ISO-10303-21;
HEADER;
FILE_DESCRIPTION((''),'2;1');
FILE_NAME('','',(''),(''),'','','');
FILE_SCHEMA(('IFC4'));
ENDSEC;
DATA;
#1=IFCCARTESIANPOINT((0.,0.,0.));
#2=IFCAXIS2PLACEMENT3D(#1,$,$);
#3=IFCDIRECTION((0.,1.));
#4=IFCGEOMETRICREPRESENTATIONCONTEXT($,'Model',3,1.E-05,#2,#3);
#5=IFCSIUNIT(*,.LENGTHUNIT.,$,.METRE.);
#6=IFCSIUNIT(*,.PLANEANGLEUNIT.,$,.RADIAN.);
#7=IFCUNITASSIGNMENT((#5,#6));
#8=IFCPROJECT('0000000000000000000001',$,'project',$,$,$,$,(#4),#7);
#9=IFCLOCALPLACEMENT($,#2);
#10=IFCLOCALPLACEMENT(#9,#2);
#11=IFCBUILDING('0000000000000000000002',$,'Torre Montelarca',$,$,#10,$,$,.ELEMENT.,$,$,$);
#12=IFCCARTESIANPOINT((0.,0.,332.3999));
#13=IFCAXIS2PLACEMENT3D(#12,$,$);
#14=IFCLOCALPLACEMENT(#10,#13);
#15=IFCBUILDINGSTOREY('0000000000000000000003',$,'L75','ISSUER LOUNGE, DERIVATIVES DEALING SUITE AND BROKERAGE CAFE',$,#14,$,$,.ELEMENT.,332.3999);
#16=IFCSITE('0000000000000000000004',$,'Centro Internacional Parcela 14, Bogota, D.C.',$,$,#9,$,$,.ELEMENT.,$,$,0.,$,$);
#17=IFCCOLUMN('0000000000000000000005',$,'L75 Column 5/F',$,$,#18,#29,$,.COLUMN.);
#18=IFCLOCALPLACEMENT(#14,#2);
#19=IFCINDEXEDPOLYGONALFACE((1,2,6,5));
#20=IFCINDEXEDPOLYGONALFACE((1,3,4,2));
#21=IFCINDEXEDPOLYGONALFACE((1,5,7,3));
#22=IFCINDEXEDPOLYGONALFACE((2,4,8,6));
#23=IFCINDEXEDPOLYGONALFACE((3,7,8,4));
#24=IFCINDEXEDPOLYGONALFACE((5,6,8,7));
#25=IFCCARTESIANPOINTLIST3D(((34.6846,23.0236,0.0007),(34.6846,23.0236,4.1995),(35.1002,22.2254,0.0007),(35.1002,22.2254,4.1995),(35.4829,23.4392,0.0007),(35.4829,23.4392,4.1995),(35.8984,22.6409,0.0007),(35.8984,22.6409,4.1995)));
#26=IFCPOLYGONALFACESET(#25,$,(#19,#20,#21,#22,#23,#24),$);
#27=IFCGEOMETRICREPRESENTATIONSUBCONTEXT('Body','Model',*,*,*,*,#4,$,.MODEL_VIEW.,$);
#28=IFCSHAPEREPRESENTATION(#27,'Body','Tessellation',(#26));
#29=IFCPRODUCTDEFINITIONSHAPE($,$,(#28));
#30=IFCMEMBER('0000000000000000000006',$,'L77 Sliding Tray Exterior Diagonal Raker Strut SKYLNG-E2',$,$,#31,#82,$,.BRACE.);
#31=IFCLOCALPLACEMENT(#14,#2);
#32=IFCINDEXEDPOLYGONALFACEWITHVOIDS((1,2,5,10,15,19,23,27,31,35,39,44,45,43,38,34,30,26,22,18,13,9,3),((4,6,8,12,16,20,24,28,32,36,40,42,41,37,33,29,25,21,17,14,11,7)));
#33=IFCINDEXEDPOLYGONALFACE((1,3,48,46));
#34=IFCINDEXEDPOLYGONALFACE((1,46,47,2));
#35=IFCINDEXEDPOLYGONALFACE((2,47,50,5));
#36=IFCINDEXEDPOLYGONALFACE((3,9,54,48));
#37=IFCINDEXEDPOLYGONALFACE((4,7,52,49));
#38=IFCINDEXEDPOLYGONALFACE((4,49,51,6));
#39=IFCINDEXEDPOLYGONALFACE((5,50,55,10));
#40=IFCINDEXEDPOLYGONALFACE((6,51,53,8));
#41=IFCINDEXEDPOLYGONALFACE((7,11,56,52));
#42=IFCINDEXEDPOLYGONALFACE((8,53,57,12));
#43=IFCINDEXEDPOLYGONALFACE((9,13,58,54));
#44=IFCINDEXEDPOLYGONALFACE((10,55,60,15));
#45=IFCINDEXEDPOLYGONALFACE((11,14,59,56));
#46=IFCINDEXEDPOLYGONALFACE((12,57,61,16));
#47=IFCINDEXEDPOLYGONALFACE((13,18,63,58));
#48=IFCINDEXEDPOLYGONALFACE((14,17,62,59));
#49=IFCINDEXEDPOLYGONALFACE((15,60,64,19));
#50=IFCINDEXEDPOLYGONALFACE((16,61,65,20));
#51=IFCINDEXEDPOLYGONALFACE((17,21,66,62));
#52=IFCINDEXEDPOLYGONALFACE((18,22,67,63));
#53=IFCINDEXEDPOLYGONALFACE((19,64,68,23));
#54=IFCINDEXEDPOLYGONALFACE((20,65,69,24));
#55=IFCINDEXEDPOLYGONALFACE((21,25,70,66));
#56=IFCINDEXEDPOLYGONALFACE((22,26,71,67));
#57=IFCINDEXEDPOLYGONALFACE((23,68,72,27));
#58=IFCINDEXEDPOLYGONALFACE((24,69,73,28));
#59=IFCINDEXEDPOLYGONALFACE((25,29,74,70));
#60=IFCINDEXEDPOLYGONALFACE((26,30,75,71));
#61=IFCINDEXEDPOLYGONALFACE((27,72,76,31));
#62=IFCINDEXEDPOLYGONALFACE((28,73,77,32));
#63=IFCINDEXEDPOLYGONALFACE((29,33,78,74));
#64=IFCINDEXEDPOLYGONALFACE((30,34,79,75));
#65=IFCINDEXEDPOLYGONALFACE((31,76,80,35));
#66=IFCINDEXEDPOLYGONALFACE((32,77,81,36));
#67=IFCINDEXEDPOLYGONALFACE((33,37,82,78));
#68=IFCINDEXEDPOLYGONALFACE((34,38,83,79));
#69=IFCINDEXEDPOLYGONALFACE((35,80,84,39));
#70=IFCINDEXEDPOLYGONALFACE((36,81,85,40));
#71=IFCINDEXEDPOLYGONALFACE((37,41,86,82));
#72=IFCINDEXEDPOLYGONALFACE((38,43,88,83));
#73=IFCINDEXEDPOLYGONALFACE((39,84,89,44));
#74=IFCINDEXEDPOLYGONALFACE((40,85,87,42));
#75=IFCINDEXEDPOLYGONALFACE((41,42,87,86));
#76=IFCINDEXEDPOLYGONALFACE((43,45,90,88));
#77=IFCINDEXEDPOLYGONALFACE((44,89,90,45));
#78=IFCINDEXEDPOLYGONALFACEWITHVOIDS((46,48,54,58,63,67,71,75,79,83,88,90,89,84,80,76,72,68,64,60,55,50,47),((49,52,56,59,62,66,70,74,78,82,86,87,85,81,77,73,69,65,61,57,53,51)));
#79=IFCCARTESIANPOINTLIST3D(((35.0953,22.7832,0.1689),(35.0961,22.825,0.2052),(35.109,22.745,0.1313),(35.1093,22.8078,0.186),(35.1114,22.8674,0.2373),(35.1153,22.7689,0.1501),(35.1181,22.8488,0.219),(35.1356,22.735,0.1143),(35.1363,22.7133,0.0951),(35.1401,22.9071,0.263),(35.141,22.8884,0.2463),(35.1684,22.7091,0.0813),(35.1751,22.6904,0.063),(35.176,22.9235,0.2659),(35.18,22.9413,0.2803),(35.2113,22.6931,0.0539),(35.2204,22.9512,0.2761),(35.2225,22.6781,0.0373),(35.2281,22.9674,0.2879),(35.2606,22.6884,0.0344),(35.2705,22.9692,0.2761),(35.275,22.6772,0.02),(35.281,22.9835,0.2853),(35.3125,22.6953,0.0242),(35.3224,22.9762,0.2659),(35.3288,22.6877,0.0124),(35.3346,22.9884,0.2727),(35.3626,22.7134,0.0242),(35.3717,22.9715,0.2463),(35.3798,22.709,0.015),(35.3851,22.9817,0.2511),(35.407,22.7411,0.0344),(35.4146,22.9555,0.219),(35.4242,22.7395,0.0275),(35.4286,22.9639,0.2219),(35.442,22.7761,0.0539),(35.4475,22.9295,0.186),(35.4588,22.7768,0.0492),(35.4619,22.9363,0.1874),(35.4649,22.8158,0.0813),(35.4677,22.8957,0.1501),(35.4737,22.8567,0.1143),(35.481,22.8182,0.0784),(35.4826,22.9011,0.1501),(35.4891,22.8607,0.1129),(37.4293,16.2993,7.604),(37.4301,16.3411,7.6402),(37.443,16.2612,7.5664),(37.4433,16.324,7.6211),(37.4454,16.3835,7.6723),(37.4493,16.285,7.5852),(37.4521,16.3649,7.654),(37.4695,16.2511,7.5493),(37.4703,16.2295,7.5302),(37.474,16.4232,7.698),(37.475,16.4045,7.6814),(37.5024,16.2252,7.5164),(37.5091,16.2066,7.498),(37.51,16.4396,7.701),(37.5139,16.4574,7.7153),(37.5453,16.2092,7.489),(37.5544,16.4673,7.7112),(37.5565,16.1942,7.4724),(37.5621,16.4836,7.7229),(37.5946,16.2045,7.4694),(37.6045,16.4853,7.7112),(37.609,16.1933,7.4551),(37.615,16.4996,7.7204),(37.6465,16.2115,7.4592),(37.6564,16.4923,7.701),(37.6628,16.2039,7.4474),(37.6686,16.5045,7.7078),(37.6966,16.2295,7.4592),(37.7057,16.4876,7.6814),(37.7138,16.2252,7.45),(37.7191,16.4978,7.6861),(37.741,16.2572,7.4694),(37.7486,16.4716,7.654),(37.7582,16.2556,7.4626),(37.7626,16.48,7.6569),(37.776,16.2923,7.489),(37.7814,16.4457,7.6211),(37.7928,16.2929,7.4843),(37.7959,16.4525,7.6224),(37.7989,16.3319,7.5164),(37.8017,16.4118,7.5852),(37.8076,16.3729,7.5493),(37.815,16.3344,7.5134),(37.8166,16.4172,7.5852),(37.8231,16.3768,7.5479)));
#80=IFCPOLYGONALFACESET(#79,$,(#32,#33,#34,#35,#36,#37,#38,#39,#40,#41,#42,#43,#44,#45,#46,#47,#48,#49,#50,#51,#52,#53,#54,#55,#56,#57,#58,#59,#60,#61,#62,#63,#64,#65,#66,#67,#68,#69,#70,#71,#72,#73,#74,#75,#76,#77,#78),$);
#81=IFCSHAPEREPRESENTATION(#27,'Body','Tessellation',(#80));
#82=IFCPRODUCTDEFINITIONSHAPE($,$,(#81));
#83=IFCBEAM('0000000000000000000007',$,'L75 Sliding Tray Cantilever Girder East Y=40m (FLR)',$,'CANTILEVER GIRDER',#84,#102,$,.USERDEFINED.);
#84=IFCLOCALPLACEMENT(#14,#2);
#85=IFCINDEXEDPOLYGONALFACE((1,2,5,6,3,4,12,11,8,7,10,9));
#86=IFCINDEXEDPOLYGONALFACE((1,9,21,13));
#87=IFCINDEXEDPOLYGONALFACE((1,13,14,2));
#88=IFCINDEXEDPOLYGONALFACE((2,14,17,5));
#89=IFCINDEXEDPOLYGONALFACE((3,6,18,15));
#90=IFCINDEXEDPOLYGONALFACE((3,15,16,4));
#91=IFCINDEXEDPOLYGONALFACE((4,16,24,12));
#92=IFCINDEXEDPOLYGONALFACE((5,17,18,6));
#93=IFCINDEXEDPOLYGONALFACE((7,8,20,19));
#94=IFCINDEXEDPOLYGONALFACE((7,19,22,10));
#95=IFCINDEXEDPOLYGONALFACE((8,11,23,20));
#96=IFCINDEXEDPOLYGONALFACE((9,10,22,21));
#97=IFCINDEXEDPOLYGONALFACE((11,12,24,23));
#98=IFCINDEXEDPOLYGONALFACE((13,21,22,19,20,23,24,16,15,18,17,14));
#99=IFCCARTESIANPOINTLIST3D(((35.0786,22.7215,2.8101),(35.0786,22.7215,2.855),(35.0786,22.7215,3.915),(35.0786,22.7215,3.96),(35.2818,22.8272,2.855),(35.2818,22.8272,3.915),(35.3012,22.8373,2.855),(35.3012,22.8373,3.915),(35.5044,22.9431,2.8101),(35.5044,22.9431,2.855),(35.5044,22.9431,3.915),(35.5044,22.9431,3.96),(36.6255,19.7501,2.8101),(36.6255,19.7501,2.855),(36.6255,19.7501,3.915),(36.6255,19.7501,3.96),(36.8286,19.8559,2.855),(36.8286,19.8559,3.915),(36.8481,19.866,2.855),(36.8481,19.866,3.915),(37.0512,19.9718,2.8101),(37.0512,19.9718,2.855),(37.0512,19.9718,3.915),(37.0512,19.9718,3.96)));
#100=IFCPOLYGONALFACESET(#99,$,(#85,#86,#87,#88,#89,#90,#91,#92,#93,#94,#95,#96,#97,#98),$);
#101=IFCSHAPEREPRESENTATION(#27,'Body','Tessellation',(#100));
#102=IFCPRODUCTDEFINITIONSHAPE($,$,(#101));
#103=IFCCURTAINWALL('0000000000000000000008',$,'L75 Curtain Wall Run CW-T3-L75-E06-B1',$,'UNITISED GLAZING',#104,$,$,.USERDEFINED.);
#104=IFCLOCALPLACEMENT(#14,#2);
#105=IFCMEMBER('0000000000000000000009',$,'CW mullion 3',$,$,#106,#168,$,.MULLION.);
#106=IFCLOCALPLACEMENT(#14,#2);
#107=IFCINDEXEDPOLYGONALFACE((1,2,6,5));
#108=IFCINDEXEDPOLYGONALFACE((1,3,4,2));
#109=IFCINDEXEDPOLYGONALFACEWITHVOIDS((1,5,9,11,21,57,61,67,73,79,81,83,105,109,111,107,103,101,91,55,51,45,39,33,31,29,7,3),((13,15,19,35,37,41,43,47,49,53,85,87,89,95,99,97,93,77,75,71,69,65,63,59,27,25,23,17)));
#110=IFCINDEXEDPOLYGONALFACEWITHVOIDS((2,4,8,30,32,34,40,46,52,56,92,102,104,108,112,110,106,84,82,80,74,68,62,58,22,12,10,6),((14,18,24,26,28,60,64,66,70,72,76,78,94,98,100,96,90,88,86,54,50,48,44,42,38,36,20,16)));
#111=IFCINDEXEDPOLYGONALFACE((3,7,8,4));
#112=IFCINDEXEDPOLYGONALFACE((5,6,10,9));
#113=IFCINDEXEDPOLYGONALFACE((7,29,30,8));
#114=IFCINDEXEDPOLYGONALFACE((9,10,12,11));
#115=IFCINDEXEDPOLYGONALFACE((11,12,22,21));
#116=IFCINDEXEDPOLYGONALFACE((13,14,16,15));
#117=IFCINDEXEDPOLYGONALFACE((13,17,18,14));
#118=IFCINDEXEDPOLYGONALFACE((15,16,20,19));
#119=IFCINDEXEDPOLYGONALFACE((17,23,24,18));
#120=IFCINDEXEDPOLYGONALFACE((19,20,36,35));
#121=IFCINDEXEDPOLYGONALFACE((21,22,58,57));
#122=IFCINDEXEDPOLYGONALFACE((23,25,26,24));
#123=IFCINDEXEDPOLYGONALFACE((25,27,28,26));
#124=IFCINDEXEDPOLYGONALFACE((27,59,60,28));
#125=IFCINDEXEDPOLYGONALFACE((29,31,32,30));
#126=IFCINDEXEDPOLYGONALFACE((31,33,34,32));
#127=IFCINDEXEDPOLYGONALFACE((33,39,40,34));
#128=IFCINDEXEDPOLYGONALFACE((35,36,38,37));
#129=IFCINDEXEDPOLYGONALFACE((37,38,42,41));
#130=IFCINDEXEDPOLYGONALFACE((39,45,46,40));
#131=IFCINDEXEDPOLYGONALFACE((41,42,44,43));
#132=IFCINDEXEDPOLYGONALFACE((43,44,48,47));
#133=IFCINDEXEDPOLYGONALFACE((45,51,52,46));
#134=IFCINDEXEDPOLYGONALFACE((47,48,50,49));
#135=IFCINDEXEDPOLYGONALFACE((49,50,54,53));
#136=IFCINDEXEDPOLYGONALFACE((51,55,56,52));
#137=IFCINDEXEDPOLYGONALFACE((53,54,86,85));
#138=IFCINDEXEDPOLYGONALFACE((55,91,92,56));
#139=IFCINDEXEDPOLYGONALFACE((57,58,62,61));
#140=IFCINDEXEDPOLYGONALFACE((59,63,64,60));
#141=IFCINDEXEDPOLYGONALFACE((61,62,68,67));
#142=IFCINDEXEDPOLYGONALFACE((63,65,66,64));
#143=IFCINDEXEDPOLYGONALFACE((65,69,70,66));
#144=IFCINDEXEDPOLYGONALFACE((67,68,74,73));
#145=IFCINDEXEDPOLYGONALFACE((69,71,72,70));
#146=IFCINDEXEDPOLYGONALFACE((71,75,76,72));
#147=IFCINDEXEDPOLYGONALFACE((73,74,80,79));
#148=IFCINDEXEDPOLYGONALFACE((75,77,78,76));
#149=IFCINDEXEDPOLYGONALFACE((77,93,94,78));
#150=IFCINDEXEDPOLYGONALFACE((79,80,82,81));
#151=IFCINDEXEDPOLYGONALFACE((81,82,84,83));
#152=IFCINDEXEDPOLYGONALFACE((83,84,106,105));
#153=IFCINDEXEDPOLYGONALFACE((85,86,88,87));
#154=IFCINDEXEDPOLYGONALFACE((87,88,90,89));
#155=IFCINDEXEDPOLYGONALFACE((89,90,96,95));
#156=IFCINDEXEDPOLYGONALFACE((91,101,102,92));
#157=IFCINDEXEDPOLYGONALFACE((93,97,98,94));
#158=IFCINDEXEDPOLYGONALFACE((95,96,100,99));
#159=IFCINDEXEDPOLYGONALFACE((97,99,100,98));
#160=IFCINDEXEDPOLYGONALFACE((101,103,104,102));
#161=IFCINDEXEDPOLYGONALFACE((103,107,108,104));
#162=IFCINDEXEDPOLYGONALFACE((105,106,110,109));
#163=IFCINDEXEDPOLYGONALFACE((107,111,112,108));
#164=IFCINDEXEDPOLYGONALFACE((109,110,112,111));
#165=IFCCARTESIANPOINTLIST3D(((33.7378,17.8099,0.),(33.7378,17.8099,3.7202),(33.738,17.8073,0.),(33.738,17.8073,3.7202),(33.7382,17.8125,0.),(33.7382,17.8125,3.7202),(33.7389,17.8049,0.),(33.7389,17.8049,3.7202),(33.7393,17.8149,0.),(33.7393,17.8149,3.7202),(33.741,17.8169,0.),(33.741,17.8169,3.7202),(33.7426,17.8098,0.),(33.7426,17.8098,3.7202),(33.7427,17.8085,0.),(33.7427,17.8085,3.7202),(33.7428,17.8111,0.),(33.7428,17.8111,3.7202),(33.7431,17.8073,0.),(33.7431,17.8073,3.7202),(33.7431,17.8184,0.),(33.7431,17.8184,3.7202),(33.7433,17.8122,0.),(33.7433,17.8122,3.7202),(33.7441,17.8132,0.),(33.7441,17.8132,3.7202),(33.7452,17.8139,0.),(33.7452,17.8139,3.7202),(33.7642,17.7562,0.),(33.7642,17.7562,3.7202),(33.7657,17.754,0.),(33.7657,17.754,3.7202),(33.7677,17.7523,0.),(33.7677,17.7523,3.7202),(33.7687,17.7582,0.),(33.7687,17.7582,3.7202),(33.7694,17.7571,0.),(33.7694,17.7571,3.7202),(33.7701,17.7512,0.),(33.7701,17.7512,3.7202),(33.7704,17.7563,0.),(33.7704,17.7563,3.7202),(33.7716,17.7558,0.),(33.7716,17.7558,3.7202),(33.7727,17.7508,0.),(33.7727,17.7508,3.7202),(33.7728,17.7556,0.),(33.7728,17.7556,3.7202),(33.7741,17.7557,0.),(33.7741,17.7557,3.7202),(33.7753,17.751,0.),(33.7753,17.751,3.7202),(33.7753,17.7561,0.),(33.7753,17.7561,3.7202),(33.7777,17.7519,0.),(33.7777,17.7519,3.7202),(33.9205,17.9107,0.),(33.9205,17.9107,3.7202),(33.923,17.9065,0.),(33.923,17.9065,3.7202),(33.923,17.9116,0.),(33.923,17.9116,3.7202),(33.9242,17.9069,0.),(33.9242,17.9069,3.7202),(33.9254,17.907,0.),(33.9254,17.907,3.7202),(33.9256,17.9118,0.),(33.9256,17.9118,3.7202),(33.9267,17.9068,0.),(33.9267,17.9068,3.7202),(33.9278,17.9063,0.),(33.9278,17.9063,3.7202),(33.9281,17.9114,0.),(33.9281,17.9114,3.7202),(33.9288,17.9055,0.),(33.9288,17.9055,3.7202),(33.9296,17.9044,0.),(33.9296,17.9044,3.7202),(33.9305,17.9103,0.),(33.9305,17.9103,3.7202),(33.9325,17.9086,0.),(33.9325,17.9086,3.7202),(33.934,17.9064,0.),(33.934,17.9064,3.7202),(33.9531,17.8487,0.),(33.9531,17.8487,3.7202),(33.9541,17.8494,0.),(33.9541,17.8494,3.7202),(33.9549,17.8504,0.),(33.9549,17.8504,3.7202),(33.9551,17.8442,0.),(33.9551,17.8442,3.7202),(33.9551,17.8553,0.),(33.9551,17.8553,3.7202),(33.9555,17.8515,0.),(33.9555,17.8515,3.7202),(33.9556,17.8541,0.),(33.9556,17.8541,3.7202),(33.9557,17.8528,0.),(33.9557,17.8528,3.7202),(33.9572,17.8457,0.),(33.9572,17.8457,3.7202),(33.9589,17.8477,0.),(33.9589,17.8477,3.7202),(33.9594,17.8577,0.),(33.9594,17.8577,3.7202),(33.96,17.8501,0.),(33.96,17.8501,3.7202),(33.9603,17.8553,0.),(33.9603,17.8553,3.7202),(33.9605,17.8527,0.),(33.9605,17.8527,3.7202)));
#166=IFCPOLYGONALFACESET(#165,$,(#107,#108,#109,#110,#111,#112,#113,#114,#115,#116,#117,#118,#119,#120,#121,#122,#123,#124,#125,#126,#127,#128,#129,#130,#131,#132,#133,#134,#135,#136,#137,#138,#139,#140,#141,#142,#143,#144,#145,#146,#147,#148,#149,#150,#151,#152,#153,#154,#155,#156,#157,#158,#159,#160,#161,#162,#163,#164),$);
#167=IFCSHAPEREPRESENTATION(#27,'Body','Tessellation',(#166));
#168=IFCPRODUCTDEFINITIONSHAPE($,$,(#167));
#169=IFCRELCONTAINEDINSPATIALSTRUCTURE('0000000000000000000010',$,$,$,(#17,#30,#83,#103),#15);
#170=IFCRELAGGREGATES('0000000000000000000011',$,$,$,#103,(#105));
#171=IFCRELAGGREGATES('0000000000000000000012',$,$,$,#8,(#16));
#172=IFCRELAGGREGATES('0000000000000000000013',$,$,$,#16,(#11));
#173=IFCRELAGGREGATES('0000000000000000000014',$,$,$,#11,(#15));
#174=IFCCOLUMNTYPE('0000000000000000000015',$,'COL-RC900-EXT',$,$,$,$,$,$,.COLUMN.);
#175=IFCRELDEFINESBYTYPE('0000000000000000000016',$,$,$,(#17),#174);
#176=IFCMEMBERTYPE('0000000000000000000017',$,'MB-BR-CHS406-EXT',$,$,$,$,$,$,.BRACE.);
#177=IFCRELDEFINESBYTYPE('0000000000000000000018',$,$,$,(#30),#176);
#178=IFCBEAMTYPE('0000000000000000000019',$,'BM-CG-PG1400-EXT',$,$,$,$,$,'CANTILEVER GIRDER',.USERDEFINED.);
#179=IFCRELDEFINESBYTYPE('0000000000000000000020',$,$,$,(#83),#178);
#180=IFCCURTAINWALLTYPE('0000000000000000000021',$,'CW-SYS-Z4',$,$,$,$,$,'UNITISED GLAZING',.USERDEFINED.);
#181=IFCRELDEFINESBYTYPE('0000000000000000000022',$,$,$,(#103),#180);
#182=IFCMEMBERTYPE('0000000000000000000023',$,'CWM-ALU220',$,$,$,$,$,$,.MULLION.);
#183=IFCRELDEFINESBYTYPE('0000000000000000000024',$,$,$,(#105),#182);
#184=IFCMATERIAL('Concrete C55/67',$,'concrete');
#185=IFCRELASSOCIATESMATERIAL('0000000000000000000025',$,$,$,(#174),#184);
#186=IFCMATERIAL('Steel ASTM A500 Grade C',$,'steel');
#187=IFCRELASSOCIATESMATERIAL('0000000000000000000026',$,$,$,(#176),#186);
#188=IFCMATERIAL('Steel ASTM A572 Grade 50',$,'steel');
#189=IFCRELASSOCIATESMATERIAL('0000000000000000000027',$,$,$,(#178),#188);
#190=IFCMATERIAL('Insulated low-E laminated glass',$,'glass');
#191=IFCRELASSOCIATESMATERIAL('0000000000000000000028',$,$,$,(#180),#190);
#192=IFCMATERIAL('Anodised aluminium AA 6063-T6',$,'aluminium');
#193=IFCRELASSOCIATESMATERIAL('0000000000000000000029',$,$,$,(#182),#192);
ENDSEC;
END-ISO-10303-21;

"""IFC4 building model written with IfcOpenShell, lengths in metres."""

from ifc_helpers import new_model, si_unit, direction, frame, origin, origin_2d, place, context, subcontext, project, spatial, rectangle, hollow_rectangle, hollow_circle, i_section, extrude, source, transform, mapped, material, material_profile, profile_set, type_object, element, aggregate, save


model = new_model("IFC4")

# Units and contexts
model_context = context("Model", 3, precision=1e-05, world=origin(), true_north=direction((0.0, 1.0)))
body_context = subcontext(model_context, "Body", "Model", "MODEL_VIEW")
ifc_project = project(units=[si_unit("LENGTHUNIT", "METRE"), si_unit("PLANEANGLEUNIT", "RADIAN")], contexts=[model_context])

# Site, building, storey
site_placement = place(None, origin())
site = spatial("IfcSite", under=ifc_project, at=site_placement, Name="Centro Internacional Parcela 14, Bogota, D.C.", CompositionType="ELEMENT", RefElevation=0.0)
building_placement = place(site_placement, origin())
building = spatial("IfcBuilding", under=site, at=building_placement, Name="Torre Montelarca", CompositionType="ELEMENT")
storey_placement = place(building_placement, frame((0.0, 0.0, 332.3999)))
storey = spatial("IfcBuildingStorey", under=building, at=storey_placement, Name="L75", Description="ISSUER LOUNGE, DERIVATIVES DEALING SUITE AND BROKERAGE CAFE", CompositionType="ELEMENT", Elevation=332.3999)

# Column
ifc_material_1 = material(Name="Concrete C55/67", Category="concrete")
ifc_material_profile_1 = material_profile(ifc_material_1, rectangle(XDim=0.8999, YDim=0.8999, at=origin_2d()), Name="RC900X900", Category="concrete")
ifc_profile_set_1 = profile_set([ifc_material_profile_1], Name="Concrete C55/67")
column_type = type_object("IfcColumnType", Name="COL-RC900-EXT", PredefinedType="COLUMN", material=ifc_profile_set_1)
shared_shape_1 = source(origin(), body_context, "Body", "SweptSolid", [
    extrude(rectangle(XDim=0.8999, YDim=0.8999, at=origin_2d()), origin(), (0.0, 0.0, 1.0), 4.1987),
])
column_placement = place(storey_placement, frame((35.2915, 22.8323, 0.0007), z_axis=(0.0, 0.0, 1.0), x_axis=(-0.461749, 0.887011, 0.0)))
element("IfcColumn", 1, at=column_placement, inside=storey, type_object=column_type, Name="L75 Column 5/F", PredefinedType="COLUMN", context=body_context, shape_type="MappedRepresentation", body=[
    mapped(shared_shape_1, transform((0.0, 0.0, 0.0), scale=1.0)),
])

# Member
ifc_material_2 = material(Name="Steel ASTM A500 Grade C", Category="steel")
ifc_material_profile_2 = material_profile(ifc_material_2, hollow_circle(Radius=0.2031, WallThickness=0.0159, at=origin_2d()), Name="HSS406.4X15.9", Category="steel")
ifc_profile_set_2 = profile_set([ifc_material_profile_2], Name="Steel ASTM A500 Grade C")
member_type_1 = type_object("IfcMemberType", Name="MB-BR-CHS406-EXT", PredefinedType="BRACE", material=ifc_profile_set_2)
shared_shape_2 = source(origin(), body_context, "Body", "SweptSolid", [
    extrude(hollow_circle(Radius=0.2031, WallThickness=0.0159, at=origin_2d()), origin(), (0.0, 0.0, 1.0), 10.1375),
])
member_1_placement = place(storey_placement, frame((35.2915, 22.8323, 0.1501), z_axis=(0.230233, -0.639596, 0.733423), x_axis=(0.940897, 0.338692, 0.0)))
element("IfcMember", 2, at=member_1_placement, inside=storey, type_object=member_type_1, Name="L77 Sliding Tray Exterior Diagonal Raker Strut SKYLNG-E2", PredefinedType="BRACE", context=body_context, shape_type="MappedRepresentation", body=[
    mapped(shared_shape_2, transform((0.0, 0.0, 0.0), scale=1.0)),
])

# Beam
ifc_material_3 = material(Name="Steel ASTM A572 Grade 50", Category="steel")
ifc_material_profile_3 = material_profile(ifc_material_3, i_section(OverallWidth=0.48, OverallDepth=1.1499, WebThickness=0.022, FlangeThickness=0.0449, at=origin_2d()), Name="PG1150X480X22X45", Category="steel")
ifc_profile_set_3 = profile_set([ifc_material_profile_3], Name="Steel ASTM A572 Grade 50")
beam_type = type_object("IfcBeamType", Name="BM-CG-PG1400-EXT", ElementType="CANTILEVER GIRDER", PredefinedType="USERDEFINED", material=ifc_profile_set_3)
shared_shape_3 = source(origin(), body_context, "Body", "SweptSolid", [
    extrude(i_section(OverallWidth=0.48, OverallDepth=1.1499, WebThickness=0.022, FlangeThickness=0.0449, at=origin_2d()), origin(), (0.0, 0.0, 1.0), 3.3499),
])
beam_placement = place(storey_placement, frame((35.2915, 22.8323, 3.385), z_axis=(0.461759, -0.887006, 0.0), x_axis=(0.887006, 0.461759, 0.0)))
element("IfcBeam", 3, at=beam_placement, inside=storey, type_object=beam_type, Name="L75 Sliding Tray Cantilever Girder East Y=40m (FLR)", ObjectType="CANTILEVER GIRDER", PredefinedType="USERDEFINED", context=body_context, shape_type="MappedRepresentation", body=[
    mapped(shared_shape_3, transform((0.0, 0.0, 0.0), scale=1.0)),
])

# Curtain wall, member
ifc_material_4 = material(Name="Insulated low-E laminated glass", Category="glass")
curtain_wall_type = type_object("IfcCurtainWallType", Name="CW-SYS-Z4", ElementType="UNITISED GLAZING", PredefinedType="USERDEFINED", material=ifc_material_4)
curtain_wall_1_placement = place(storey_placement, origin())
curtain_wall_1 = element("IfcCurtainWall", 4, at=curtain_wall_1_placement, inside=storey, type_object=curtain_wall_type, Name="L75 Curtain Wall Run CW-T3-L75-E06-B1", ObjectType="UNITISED GLAZING", PredefinedType="USERDEFINED")
ifc_material_5 = material(Name="Anodised aluminium AA 6063-T6", Category="aluminium")
ifc_material_profile_4 = material_profile(ifc_material_5, hollow_rectangle(XDim=0.075, YDim=0.22, WallThickness=0.0049, InnerFilletRadius=0.0049, OuterFilletRadius=0.01, at=origin_2d()), Name="ALU75X220X5", Category="aluminium")
ifc_profile_set_4 = profile_set([ifc_material_profile_4], Name="Anodised aluminium AA 6063-T6")
member_type_2 = type_object("IfcMemberType", Name="CWM-ALU220", PredefinedType="MULLION", material=ifc_profile_set_4)
shared_shape_4 = source(origin(), body_context, "Body", "SweptSolid", [
    extrude(hollow_rectangle(XDim=0.075, YDim=0.22, WallThickness=0.0049, InnerFilletRadius=0.0049, OuterFilletRadius=0.01, at=origin_2d()), origin(), (0.0, 0.0, 1.0), 3.7202),
])
member_2_placement = place(storey_placement, frame((33.8491, 17.8313, 0.0), z_axis=(0.0, 0.0, 1.0), x_axis=(-0.461746, 0.887012, 0.0)))
member_2 = element("IfcMember", 5, at=member_2_placement, type_object=member_type_2, Name="CW mullion 3", PredefinedType="MULLION", context=body_context, shape_type="MappedRepresentation", body=[
    mapped(shared_shape_4, transform((0.0, 0.0, 0.0), scale=1.0)),
])

aggregate(curtain_wall_1, [member_2])

save(model, "model.ifc")
